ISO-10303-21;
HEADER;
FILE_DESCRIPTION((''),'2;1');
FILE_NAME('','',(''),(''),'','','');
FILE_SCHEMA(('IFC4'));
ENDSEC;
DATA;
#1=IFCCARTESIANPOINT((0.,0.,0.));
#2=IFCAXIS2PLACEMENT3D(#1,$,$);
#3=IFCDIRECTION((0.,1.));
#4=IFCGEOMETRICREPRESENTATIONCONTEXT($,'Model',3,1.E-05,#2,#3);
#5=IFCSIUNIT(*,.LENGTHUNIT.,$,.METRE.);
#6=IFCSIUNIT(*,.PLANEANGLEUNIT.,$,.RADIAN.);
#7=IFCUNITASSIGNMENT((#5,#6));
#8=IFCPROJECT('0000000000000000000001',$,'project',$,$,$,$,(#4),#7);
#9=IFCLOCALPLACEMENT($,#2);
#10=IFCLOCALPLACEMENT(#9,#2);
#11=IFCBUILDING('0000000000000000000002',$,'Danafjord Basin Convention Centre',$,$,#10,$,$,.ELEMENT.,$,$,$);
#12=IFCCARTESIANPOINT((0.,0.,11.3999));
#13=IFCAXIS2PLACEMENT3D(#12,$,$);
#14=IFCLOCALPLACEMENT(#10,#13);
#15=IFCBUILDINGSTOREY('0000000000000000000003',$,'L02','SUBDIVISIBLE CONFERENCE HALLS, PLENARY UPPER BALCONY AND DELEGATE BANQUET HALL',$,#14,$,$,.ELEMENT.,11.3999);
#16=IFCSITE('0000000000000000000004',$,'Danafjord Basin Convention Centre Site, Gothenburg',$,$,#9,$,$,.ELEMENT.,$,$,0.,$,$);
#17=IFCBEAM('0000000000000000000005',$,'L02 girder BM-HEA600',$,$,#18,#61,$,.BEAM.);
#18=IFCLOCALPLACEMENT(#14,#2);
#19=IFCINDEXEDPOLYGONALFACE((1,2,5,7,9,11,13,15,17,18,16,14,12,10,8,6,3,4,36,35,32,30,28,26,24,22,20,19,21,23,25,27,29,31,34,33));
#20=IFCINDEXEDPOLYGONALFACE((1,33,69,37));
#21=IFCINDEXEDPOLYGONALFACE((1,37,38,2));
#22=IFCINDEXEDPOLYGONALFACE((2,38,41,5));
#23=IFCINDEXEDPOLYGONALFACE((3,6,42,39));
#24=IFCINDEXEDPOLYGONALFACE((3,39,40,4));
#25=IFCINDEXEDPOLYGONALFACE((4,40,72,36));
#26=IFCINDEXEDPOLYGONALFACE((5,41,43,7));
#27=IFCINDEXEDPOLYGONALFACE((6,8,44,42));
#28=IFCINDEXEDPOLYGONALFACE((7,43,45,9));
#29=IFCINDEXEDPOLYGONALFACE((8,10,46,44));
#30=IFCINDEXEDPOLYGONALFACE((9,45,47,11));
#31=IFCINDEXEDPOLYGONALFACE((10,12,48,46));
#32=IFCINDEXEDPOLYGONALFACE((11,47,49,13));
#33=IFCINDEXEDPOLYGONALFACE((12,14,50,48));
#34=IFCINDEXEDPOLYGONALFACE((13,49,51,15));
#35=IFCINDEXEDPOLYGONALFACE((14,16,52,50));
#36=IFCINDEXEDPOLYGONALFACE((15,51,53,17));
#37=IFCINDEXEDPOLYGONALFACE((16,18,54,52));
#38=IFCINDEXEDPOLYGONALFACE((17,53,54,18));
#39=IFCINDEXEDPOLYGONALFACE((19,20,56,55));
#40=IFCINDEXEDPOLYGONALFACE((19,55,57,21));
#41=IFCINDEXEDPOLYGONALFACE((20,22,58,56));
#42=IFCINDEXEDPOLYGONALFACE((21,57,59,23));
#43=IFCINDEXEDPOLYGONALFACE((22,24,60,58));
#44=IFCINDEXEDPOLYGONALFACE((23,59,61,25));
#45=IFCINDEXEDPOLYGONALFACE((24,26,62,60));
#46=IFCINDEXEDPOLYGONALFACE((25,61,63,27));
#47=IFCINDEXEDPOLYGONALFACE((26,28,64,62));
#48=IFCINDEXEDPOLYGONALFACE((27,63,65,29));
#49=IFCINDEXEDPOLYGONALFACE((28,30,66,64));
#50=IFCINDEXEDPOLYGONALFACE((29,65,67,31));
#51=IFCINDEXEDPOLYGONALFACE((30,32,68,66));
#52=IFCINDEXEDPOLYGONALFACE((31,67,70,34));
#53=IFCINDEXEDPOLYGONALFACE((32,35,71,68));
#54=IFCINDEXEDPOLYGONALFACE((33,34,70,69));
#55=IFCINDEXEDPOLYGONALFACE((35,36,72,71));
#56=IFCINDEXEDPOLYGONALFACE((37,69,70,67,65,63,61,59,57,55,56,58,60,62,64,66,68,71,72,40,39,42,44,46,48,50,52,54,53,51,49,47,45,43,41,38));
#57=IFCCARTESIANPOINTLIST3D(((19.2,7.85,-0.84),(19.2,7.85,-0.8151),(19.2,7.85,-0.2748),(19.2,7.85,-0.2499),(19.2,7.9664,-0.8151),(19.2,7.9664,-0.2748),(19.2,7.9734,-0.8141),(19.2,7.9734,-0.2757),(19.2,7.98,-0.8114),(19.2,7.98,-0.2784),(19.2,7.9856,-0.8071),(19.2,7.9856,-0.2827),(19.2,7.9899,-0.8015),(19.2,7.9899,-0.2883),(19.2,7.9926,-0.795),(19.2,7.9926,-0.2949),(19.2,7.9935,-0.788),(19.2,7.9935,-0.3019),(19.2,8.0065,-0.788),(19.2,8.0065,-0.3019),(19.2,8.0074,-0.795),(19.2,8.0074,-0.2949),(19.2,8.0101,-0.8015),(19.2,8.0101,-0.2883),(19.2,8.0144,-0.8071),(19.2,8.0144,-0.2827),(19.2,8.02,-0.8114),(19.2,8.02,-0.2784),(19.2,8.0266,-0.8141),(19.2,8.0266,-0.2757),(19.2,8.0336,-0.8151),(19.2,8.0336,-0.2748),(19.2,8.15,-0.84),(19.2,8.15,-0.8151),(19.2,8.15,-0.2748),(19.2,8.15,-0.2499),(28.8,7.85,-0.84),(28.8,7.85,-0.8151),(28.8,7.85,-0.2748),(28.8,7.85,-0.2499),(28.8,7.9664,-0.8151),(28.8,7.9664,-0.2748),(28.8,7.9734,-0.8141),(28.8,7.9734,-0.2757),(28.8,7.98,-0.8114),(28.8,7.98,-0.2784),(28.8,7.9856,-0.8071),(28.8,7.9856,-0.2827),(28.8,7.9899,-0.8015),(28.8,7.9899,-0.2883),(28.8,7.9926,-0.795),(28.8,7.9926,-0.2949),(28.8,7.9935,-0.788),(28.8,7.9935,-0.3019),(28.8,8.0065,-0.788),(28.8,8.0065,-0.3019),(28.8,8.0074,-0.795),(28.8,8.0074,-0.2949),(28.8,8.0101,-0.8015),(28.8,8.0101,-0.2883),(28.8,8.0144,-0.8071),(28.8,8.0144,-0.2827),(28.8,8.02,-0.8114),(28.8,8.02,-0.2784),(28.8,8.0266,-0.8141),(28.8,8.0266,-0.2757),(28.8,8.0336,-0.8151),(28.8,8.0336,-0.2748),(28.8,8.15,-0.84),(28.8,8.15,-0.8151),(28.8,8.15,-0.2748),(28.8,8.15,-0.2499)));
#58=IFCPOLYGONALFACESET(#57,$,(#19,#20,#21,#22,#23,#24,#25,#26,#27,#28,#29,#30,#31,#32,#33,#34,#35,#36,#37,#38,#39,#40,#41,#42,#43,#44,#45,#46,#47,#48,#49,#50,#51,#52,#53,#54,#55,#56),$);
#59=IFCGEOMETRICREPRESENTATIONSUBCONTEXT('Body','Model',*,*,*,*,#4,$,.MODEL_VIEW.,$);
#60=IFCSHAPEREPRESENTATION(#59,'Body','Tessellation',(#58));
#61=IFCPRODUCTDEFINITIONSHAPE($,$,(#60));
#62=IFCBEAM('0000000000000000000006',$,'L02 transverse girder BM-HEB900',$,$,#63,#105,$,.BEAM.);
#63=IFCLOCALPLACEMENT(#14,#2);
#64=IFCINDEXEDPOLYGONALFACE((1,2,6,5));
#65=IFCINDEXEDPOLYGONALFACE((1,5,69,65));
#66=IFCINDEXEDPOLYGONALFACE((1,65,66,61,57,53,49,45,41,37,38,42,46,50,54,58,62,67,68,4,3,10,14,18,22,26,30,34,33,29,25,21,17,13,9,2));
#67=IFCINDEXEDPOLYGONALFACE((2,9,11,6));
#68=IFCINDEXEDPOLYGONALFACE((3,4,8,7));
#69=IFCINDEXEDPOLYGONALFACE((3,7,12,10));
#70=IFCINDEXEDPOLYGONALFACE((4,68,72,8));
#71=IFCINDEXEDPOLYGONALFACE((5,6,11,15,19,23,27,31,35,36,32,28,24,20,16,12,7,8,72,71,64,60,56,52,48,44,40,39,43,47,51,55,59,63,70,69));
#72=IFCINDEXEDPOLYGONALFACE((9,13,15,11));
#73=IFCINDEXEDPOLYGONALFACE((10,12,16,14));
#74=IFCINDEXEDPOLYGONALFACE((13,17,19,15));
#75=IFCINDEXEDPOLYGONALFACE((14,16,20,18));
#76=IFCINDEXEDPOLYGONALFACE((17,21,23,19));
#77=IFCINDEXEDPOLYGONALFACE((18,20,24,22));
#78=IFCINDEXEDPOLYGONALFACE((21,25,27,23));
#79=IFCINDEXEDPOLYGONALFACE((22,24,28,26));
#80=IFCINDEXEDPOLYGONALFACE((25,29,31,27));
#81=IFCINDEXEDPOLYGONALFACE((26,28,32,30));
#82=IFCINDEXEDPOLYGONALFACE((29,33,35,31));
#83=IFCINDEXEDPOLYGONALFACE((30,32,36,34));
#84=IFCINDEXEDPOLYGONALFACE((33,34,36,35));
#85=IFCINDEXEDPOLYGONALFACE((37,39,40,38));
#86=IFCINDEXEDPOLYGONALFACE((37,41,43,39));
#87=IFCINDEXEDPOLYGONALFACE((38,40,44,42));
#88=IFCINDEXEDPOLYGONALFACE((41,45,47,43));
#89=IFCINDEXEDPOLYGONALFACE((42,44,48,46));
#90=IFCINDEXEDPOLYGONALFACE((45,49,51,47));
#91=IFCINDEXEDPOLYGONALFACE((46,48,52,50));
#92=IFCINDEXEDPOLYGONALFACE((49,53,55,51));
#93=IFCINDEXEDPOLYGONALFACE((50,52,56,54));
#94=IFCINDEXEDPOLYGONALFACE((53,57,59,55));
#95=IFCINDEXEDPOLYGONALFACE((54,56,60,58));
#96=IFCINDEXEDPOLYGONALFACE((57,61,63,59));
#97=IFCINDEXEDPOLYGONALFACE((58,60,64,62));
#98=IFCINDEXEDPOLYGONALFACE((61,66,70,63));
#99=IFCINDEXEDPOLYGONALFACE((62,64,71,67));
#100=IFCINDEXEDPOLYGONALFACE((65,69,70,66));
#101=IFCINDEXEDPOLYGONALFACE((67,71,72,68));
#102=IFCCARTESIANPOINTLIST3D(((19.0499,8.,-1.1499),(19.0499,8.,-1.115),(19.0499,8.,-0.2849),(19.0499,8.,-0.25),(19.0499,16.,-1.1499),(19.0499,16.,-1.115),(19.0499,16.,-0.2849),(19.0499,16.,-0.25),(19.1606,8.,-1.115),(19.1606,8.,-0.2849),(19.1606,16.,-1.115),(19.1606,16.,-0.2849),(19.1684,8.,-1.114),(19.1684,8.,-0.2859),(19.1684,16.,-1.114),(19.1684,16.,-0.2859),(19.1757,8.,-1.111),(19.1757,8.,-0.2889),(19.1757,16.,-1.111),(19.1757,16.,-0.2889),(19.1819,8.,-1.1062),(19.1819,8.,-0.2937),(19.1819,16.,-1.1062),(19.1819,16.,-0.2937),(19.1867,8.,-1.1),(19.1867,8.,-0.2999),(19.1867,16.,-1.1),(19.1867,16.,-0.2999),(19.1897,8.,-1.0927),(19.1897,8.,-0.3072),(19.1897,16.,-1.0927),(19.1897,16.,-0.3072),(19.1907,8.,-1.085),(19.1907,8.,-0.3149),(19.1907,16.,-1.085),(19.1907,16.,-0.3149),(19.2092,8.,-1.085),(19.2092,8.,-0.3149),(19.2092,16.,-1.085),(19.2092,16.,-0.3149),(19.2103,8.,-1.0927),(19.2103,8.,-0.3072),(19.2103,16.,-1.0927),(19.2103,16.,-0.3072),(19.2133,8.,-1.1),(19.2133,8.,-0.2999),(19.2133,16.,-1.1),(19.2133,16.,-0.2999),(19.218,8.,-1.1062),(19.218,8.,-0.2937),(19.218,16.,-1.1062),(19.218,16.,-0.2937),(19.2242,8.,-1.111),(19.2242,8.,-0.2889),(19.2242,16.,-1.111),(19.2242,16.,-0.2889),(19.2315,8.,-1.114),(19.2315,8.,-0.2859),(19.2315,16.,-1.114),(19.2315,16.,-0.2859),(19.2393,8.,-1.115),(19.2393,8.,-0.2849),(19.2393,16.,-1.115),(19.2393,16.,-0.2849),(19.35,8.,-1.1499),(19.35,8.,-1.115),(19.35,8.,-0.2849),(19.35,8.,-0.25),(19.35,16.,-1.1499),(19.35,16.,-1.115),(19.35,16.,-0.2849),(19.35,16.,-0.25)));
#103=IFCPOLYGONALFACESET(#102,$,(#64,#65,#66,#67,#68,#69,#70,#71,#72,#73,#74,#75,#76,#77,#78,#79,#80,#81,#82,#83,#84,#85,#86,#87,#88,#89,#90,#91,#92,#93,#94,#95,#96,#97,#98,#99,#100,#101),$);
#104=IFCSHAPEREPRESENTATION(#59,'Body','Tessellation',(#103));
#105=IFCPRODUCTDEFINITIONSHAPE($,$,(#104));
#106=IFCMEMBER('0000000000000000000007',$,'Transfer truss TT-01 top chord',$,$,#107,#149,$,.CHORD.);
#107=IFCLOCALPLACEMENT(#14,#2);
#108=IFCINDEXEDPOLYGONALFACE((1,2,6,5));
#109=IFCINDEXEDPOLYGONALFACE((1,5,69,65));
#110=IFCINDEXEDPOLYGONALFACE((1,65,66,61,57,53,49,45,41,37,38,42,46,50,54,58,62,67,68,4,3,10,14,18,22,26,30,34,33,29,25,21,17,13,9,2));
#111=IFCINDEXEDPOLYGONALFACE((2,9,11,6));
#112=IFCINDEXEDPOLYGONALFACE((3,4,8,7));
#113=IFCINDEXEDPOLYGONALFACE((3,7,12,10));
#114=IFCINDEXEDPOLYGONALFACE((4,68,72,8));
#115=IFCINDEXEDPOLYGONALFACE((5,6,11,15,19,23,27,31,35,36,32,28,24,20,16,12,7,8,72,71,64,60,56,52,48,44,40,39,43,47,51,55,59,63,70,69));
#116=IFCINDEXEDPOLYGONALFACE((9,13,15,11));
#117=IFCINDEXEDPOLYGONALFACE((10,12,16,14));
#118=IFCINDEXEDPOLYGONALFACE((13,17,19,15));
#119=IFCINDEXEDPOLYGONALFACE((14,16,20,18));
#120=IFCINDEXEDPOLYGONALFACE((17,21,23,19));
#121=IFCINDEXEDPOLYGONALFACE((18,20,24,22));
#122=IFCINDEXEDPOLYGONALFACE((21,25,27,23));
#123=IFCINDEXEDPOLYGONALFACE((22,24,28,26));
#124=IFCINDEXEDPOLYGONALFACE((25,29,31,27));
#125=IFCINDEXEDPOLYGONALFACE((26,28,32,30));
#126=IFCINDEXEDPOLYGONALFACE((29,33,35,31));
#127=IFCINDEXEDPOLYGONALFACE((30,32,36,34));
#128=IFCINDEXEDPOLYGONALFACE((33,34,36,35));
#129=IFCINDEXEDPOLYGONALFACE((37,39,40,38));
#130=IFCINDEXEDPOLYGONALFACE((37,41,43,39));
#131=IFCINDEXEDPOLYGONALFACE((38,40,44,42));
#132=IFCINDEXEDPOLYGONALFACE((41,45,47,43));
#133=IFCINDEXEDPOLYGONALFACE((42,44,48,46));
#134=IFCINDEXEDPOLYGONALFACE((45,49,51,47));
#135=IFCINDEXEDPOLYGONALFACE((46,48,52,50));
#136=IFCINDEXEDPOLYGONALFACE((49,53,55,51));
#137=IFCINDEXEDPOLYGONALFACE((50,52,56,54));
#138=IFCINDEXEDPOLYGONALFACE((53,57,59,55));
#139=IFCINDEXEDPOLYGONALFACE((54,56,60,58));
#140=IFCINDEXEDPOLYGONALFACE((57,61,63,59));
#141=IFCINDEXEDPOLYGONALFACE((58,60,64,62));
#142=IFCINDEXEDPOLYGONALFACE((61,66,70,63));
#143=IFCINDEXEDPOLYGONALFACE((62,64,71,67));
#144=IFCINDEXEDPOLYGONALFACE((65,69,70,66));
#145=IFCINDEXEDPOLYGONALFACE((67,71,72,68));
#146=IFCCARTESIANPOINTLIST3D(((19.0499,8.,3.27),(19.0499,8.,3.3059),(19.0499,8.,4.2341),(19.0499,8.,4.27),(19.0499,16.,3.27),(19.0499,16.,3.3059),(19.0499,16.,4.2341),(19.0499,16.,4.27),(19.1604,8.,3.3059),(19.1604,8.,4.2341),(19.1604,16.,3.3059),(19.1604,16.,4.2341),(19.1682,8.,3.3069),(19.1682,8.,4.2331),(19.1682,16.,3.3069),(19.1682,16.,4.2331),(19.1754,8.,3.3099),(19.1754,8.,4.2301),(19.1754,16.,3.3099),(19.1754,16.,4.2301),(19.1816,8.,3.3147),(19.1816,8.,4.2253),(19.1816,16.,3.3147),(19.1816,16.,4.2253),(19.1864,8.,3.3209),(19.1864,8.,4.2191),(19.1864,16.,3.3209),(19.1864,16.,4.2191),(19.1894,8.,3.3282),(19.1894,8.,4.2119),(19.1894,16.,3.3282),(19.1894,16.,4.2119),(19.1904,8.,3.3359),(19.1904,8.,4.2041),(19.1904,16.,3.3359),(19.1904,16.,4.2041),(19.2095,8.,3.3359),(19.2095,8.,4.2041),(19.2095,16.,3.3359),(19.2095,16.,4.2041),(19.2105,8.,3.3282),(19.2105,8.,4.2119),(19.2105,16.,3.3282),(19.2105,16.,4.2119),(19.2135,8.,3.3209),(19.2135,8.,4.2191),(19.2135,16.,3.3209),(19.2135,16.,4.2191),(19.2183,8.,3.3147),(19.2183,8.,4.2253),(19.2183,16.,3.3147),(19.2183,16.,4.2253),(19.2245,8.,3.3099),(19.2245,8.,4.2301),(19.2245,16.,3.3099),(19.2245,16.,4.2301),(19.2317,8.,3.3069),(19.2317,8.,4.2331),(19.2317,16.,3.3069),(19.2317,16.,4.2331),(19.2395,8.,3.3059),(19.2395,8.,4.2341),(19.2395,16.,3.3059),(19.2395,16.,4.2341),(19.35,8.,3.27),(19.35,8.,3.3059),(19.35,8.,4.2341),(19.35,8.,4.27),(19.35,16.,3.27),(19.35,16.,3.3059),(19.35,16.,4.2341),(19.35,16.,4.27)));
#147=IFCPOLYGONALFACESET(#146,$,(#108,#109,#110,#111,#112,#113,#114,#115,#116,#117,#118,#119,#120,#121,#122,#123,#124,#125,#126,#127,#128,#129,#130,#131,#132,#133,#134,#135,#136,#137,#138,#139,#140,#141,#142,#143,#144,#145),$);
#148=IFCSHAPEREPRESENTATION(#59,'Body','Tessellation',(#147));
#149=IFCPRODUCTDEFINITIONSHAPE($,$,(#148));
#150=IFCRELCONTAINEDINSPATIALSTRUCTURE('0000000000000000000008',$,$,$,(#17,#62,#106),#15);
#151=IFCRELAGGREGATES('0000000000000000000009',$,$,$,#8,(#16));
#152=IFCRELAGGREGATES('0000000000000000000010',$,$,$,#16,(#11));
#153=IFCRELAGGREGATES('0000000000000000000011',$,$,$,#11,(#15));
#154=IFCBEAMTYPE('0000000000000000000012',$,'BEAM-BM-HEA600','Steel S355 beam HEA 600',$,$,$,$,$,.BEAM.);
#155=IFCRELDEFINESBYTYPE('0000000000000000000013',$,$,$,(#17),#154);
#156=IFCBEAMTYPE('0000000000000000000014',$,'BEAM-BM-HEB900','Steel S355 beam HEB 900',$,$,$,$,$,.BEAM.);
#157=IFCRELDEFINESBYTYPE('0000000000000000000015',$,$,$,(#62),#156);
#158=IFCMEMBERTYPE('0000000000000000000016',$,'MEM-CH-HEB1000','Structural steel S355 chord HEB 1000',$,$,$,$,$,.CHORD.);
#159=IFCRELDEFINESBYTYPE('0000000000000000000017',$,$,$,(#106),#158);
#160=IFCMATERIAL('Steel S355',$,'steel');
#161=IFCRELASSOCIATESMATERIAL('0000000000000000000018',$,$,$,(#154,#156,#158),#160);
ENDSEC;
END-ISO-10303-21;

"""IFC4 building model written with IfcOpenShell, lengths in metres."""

from ifc_helpers import new_model, si_unit, direction, frame, origin, origin_2d, place, context, subcontext, project, spatial, i_section, extrude, material, material_profile, profile_set, type_object, element, save


model = new_model("IFC4")

# Units and contexts
model_context = context("Model", 3, precision=1e-05, world=origin(), true_north=direction((0.0, 1.0)))
body_context = subcontext(model_context, "Body", "Model", "MODEL_VIEW")
ifc_project = project(units=[si_unit("LENGTHUNIT", "METRE"), si_unit("PLANEANGLEUNIT", "RADIAN")], contexts=[model_context])

# Site, building, storey
site_placement = place(None, origin())
site = spatial("IfcSite", under=ifc_project, at=site_placement, Name="Danafjord Basin Convention Centre Site, Gothenburg", CompositionType="ELEMENT", RefElevation=0.0)
building_placement = place(site_placement, origin())
building = spatial("IfcBuilding", under=site, at=building_placement, Name="Danafjord Basin Convention Centre", CompositionType="ELEMENT")
storey_placement = place(building_placement, frame((0.0, 0.0, 11.3999)))
storey = spatial("IfcBuildingStorey", under=building, at=storey_placement, Name="L02", Description="SUBDIVISIBLE CONFERENCE HALLS, PLENARY UPPER BALCONY AND DELEGATE BANQUET HALL", CompositionType="ELEMENT", Elevation=11.3999)

# Shared definitions
ifc_material_1 = material(Name="Steel S355", Category="steel")

# Beams
ifc_material_profile_1 = material_profile(ifc_material_1, i_section(OverallWidth=0.3, OverallDepth=0.5901, WebThickness=0.0129, FlangeThickness=0.0249, FilletRadius=0.0271, at=origin_2d()), Name="HEA 600")
ifc_profile_set_1 = profile_set([ifc_material_profile_1], Name="Steel S355")
beam_type_1 = type_object("IfcBeamType", Name="BEAM-BM-HEA600", Description="Steel S355 beam HEA 600", PredefinedType="BEAM", material=ifc_profile_set_1)
beam_1_placement = place(storey_placement, frame((19.2, 8.0, -0.5449), z_axis=(1.0, 0.0, 0.0), x_axis=(0.0, 1.0, 0.0)))
element("IfcBeam", 1, at=beam_1_placement, inside=storey, type_object=beam_type_1, Name="L02 girder BM-HEA600", PredefinedType="BEAM", context=body_context, shape_type="SweptSolid", body=[
    extrude(i_section(OverallWidth=0.3, OverallDepth=0.5901, WebThickness=0.0129, FlangeThickness=0.0249, FilletRadius=0.0271, at=origin_2d()), origin(), (0.0, 0.0, 1.0), 9.6001),
])
ifc_material_profile_2 = material_profile(ifc_material_1, i_section(OverallWidth=0.3, OverallDepth=0.8999, WebThickness=0.0186, FlangeThickness=0.0349, FilletRadius=0.03, at=origin_2d()), Name="HEB 900")
ifc_profile_set_2 = profile_set([ifc_material_profile_2], Name="Steel S355")
beam_type_2 = type_object("IfcBeamType", Name="BEAM-BM-HEB900", Description="Steel S355 beam HEB 900", PredefinedType="BEAM", material=ifc_profile_set_2)
beam_2_placement = place(storey_placement, frame((19.2, 8.0, -0.7), z_axis=(0.0, 1.0, 0.0), x_axis=(-1.0, 0.0, 0.0)))
element("IfcBeam", 2, at=beam_2_placement, inside=storey, type_object=beam_type_2, Name="L02 transverse girder BM-HEB900", PredefinedType="BEAM", context=body_context, shape_type="SweptSolid", body=[
    extrude(i_section(OverallWidth=0.3, OverallDepth=0.8999, WebThickness=0.0186, FlangeThickness=0.0349, FilletRadius=0.03, at=origin_2d()), origin(), (0.0, 0.0, 1.0), 8.0),
])

# Member
ifc_material_profile_3 = material_profile(ifc_material_1, i_section(OverallWidth=0.3, OverallDepth=1.0, WebThickness=0.019, FlangeThickness=0.0359, FilletRadius=0.03, at=origin_2d()), Name="HEB 1000")
ifc_profile_set_3 = profile_set([ifc_material_profile_3], Name="Steel S355")
member_type_1 = type_object("IfcMemberType", Name="MEM-CH-HEB1000", Description="Structural steel S355 chord HEB 1000", PredefinedType="CHORD", material=ifc_profile_set_3)
member_1_placement = place(storey_placement, frame((19.2, 8.0, 3.77), z_axis=(0.0, 1.0, 0.0), x_axis=(-1.0, 0.0, 0.0)))
element("IfcMember", 3, at=member_1_placement, inside=storey, type_object=member_type_1, Name="Transfer truss TT-01 top chord", PredefinedType="CHORD", context=body_context, shape_type="SweptSolid", body=[
    extrude(i_section(OverallWidth=0.3, OverallDepth=1.0, WebThickness=0.019, FlangeThickness=0.0359, FilletRadius=0.03, at=origin_2d()), origin(), (0.0, 0.0, 1.0), 8.0),
])

save(model, "model.ifc")
